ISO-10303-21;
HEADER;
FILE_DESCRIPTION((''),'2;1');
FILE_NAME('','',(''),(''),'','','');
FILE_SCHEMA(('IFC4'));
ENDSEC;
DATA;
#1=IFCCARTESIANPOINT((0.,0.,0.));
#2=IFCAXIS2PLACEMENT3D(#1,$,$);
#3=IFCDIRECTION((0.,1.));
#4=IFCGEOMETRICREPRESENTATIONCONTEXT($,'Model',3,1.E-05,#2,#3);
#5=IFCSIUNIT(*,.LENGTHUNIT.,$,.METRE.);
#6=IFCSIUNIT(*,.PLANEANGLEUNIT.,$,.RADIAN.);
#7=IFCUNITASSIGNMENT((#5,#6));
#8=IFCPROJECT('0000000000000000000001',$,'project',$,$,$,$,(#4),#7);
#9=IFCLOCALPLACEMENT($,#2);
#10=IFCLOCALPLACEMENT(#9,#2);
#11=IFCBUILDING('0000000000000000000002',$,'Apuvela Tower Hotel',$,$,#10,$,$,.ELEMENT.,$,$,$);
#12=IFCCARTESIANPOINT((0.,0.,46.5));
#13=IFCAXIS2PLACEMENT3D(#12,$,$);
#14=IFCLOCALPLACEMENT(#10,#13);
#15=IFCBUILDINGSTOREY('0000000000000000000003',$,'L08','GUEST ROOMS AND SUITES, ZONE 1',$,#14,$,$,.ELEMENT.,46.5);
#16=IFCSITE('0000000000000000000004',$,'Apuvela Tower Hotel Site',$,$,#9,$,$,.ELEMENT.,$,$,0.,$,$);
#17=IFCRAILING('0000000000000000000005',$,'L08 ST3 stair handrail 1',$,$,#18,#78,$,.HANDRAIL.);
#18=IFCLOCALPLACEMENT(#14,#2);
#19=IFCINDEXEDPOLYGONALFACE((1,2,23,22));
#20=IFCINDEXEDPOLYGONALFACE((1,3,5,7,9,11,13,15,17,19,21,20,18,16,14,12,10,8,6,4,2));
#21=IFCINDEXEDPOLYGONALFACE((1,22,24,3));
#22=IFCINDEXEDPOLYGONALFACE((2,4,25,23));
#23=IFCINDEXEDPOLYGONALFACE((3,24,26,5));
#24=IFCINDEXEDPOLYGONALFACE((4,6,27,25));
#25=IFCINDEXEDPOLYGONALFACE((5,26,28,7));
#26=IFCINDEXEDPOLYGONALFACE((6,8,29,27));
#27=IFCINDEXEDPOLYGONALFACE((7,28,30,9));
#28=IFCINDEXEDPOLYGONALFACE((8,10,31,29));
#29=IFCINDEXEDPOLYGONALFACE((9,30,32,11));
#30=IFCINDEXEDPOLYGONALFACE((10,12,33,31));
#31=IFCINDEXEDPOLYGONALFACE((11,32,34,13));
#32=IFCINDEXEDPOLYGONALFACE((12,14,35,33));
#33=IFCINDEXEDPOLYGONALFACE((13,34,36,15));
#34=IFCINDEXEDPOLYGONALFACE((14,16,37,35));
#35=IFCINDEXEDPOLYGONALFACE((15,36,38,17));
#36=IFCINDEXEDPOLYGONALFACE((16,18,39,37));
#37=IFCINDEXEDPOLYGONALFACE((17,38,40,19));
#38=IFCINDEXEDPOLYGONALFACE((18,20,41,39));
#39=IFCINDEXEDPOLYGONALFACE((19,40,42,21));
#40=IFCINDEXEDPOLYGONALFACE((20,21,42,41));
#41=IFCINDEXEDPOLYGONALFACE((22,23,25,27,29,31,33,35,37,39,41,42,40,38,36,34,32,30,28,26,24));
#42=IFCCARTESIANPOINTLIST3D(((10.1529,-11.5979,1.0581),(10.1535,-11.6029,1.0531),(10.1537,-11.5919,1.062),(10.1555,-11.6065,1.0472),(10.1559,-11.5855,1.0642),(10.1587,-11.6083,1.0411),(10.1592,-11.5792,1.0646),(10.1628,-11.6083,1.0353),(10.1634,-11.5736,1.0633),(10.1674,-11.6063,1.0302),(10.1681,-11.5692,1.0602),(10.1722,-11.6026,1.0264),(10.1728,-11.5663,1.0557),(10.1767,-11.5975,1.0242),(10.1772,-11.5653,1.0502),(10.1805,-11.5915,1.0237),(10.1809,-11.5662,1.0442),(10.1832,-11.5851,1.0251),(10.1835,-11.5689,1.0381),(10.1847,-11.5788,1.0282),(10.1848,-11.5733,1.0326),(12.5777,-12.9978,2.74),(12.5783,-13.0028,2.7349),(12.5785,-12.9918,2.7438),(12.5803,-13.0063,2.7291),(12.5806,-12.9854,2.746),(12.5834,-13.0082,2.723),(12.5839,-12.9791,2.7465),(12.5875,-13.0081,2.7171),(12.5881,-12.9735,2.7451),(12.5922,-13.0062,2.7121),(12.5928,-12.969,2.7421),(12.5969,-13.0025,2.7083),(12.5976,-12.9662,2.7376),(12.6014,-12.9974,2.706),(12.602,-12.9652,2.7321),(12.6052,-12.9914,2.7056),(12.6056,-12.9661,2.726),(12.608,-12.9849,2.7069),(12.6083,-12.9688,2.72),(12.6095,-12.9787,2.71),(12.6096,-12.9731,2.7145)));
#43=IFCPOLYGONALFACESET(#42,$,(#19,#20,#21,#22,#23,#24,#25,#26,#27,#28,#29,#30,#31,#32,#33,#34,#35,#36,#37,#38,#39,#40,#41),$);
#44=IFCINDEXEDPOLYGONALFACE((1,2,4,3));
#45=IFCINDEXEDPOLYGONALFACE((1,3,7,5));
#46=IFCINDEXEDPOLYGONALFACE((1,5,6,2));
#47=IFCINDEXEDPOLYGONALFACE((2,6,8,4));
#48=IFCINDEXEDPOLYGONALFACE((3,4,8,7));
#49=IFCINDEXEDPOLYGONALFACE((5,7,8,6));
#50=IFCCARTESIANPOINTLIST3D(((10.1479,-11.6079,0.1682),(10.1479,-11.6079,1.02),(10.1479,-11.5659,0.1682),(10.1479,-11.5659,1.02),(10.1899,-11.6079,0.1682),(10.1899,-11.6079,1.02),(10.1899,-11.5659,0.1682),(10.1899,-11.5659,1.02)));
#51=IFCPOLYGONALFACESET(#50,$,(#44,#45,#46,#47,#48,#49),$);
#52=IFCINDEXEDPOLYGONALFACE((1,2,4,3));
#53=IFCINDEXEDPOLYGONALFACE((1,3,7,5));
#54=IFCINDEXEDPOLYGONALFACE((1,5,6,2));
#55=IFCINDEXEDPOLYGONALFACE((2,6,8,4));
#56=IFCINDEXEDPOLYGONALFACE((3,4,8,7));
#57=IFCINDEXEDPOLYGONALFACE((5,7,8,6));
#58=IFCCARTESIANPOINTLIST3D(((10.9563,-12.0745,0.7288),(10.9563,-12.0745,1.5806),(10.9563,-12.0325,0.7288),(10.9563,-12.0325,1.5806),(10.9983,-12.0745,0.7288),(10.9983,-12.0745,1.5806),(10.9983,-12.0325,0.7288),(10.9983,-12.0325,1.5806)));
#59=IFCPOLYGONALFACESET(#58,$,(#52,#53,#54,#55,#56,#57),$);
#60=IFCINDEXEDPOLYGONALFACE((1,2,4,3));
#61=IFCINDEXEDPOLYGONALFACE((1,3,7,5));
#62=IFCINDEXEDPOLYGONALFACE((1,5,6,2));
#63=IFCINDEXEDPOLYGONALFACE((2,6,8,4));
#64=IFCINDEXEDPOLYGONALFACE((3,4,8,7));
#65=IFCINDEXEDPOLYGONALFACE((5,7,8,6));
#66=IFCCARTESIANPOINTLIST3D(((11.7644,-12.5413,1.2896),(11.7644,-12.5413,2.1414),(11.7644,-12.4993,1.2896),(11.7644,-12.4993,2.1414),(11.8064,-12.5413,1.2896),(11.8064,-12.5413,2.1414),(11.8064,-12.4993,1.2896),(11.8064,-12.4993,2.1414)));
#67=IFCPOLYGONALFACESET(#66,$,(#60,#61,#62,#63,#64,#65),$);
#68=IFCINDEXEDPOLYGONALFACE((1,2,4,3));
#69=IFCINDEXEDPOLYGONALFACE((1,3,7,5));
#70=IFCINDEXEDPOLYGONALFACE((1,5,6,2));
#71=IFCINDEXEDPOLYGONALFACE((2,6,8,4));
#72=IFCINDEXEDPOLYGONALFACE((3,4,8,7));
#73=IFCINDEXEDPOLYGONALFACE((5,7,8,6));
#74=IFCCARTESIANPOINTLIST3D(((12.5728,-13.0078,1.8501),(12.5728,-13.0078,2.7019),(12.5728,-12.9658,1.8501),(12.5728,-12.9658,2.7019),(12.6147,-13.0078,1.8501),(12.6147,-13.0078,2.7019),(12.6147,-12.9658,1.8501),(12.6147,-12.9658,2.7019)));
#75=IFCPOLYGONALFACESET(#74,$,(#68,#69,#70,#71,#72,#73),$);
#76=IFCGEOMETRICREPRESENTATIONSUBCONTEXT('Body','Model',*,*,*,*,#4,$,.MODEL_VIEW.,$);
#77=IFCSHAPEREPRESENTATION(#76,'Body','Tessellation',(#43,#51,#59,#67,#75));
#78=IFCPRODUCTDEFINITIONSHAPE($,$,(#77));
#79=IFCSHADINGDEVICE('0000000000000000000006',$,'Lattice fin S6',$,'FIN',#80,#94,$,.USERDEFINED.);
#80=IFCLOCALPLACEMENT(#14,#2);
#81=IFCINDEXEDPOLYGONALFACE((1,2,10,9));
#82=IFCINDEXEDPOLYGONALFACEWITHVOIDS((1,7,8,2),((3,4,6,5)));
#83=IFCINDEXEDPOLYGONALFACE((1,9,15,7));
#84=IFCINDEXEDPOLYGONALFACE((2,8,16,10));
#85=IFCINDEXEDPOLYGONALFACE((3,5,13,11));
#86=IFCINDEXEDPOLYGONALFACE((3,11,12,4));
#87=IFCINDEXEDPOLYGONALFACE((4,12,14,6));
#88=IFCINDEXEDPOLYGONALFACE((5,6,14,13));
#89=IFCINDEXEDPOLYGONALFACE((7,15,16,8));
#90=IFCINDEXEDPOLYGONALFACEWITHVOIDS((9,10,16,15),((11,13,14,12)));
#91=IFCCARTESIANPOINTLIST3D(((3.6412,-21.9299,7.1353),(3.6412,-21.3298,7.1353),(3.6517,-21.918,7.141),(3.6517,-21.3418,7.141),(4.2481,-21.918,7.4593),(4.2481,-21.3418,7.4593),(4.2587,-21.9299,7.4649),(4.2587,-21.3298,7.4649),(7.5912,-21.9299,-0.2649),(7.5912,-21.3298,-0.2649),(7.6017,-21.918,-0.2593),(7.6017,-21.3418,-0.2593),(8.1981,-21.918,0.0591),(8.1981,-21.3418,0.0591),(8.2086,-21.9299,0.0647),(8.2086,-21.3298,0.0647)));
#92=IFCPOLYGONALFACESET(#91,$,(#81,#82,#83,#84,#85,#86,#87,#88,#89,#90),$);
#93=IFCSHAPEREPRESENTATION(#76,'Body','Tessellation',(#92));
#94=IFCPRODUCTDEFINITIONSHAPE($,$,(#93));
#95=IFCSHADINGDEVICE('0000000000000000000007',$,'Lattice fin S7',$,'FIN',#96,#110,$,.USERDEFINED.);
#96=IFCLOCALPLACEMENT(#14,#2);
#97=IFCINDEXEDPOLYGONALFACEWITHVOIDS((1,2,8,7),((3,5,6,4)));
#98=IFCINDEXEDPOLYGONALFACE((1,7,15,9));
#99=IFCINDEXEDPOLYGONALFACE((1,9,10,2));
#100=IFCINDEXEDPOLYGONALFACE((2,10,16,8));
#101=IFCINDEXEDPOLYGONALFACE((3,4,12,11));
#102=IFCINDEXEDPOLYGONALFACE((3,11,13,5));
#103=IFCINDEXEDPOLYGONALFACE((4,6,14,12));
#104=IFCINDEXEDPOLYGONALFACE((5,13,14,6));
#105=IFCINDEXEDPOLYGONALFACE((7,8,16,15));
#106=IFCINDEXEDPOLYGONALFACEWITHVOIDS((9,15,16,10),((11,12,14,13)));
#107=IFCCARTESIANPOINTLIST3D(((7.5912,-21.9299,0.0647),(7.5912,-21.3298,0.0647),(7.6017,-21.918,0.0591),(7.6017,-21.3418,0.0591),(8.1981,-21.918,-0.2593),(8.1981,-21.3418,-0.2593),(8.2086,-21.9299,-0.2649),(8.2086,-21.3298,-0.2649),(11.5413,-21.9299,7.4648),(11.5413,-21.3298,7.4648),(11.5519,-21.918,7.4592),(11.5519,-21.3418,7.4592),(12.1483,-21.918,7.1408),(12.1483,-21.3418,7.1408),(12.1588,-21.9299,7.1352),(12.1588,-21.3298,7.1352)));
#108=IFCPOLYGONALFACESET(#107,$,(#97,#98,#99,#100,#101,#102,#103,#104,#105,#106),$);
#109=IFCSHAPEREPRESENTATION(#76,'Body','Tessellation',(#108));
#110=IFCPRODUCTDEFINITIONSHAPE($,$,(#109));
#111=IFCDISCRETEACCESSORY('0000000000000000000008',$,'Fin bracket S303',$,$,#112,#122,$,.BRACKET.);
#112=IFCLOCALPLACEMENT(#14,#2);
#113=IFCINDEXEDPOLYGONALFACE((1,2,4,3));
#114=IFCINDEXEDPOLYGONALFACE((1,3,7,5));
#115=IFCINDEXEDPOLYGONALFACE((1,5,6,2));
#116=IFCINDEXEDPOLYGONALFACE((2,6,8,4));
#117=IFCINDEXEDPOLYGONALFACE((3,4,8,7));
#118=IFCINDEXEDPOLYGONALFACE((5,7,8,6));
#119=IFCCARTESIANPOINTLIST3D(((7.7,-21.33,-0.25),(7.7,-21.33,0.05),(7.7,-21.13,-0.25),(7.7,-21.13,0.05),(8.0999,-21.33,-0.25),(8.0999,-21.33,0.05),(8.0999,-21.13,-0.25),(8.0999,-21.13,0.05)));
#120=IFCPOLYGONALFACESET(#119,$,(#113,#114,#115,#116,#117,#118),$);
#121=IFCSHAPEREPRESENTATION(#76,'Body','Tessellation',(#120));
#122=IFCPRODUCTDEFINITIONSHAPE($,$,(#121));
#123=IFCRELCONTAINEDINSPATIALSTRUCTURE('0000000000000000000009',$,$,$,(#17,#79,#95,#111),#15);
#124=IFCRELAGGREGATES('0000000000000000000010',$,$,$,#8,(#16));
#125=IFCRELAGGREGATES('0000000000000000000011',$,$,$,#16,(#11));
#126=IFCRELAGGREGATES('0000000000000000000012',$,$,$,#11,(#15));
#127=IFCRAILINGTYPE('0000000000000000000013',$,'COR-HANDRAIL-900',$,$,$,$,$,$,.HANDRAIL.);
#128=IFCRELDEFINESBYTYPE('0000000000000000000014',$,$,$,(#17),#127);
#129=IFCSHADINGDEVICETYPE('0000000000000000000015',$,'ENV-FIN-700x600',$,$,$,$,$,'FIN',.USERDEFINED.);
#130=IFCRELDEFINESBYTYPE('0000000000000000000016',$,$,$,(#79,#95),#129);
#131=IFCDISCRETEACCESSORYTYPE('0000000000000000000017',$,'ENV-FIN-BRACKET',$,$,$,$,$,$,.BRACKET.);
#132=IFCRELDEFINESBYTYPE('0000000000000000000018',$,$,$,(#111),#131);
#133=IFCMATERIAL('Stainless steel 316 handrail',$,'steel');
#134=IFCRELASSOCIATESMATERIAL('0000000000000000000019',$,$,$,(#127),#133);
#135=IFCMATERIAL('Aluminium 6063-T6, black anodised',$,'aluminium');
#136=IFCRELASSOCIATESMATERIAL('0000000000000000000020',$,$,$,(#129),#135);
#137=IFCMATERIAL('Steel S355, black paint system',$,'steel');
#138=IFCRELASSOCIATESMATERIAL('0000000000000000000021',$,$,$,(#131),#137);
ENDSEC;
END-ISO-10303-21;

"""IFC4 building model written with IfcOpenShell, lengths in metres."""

from ifc_helpers import new_model, si_unit, direction, frame, origin, origin_2d, place, context, subcontext, project, spatial, rectangle, hollow_rectangle, circle, extrude, material, material_profile, profile_set, type_object, element, save


model = new_model("IFC4")

# Units and contexts
model_context = context("Model", 3, precision=1e-05, world=origin(), true_north=direction((0.0, 1.0)))
body_context = subcontext(model_context, "Body", "Model", "MODEL_VIEW")
ifc_project = project(units=[si_unit("LENGTHUNIT", "METRE"), si_unit("PLANEANGLEUNIT", "RADIAN")], contexts=[model_context])

# Site, building, storey
site_placement = place(None, origin())
site = spatial("IfcSite", under=ifc_project, at=site_placement, Name="Apuvela Tower Hotel Site", CompositionType="ELEMENT", RefElevation=0.0)
building_placement = place(site_placement, origin())
building = spatial("IfcBuilding", under=site, at=building_placement, Name="Apuvela Tower Hotel", CompositionType="ELEMENT")
storey_placement = place(building_placement, frame((0.0, 0.0, 46.5)))
storey = spatial("IfcBuildingStorey", under=building, at=storey_placement, Name="L08", Description="GUEST ROOMS AND SUITES, ZONE 1", CompositionType="ELEMENT", Elevation=46.5)

# Railing
ifc_material_1 = material(Name="Stainless steel 316 handrail", Category="steel")
railing_type_1 = type_object("IfcRailingType", Name="COR-HANDRAIL-900", PredefinedType="HANDRAIL", material=ifc_material_1)
railing_1_placement = place(storey_placement, frame((10.1689, -11.5869, 0.1682)))
element("IfcRailing", 1, at=railing_1_placement, inside=storey, type_object=railing_type_1, Name="L08 ST3 stair handrail 1", PredefinedType="HANDRAIL", context=body_context, shape_type="SweptSolid", body=[
    extrude(circle(Radius=0.0239, at=origin_2d()), frame((0.0, 0.0, 0.876), z_axis=(0.74239, -0.428601, 0.514934), x_axis=(0.499984, 0.866035, 0.0)), (0.0, 0.0, 1.0), 3.2661),
    extrude(rectangle(XDim=0.042, YDim=0.042, at=origin_2d()), origin(), (0.0, 0.0, 1.0), 0.8518),
    extrude(rectangle(XDim=0.042, YDim=0.042, at=origin_2d()), frame((0.8083, -0.4666, 0.5605)), (0.0, 0.0, 1.0), 0.8518),
    extrude(rectangle(XDim=0.042, YDim=0.042, at=origin_2d()), frame((1.6165, -0.9333, 1.1213)), (0.0, 0.0, 1.0), 0.8518),
    extrude(rectangle(XDim=0.042, YDim=0.042, at=origin_2d()), frame((2.4248, -1.3999, 1.6819)), (0.0, 0.0, 1.0), 0.8518),
])

# Shading devices
ifc_material_2 = material(Name="Aluminium 6063-T6, black anodised", Category="aluminium")
ifc_material_profile_1 = material_profile(ifc_material_2, hollow_rectangle(XDim=0.6001, YDim=0.7, WallThickness=0.012, at=origin_2d()), Name="AL BOX 700x600x12")
ifc_profile_set_1 = profile_set([ifc_material_profile_1], Name="Aluminium 6063-T6, black anodised")
shading_device_type = type_object("IfcShadingDeviceType", Name="ENV-FIN-700x600", ElementType="FIN", PredefinedType="USERDEFINED", material=ifc_profile_set_1)
for number, where, z_axis, x_axis, name in (
    (2, (7.8999, -21.6299, -0.1001), (-0.470886, 0.0, 0.882194), (0.0, -1.0, 0.0), "Lattice fin S6"),
    (3, (7.8999, -21.6299, -0.1001), (0.470908, 0.0, 0.882182), (0.0, 1.0, 0.0), "Lattice fin S7"),
):
    element("IfcShadingDevice", number, at=place(storey_placement, frame(where, z_axis=z_axis, x_axis=x_axis)), inside=storey, type_object=shading_device_type, Name=name, ObjectType="FIN", PredefinedType="USERDEFINED", context=body_context, shape_type="SweptSolid", body=[
        extrude(hollow_rectangle(XDim=0.6001, YDim=0.7, WallThickness=0.012, at=origin_2d()), origin(), (0.0, 0.0, 1.0), 8.3884),
    ])

# Discrete accessory
ifc_material_3 = material(Name="Steel S355, black paint system", Category="steel")
discrete_accessory_type = type_object("IfcDiscreteAccessoryType", Name="ENV-FIN-BRACKET", PredefinedType="BRACKET", material=ifc_material_3)
discrete_accessory_placement = place(storey_placement, frame((7.8999, -21.23, -0.25), z_axis=(0.0, 0.0, 1.0), x_axis=(1.0, 0.0, 0.0)))
element("IfcDiscreteAccessory", 4, at=discrete_accessory_placement, inside=storey, type_object=discrete_accessory_type, Name="Fin bracket S303", PredefinedType="BRACKET", context=body_context, shape_type="SweptSolid", body=[
    extrude(rectangle(XDim=0.3999, YDim=0.2, at=origin_2d()), origin(), (0.0, 0.0, 1.0), 0.3),
])

save(model, "model.ifc")
